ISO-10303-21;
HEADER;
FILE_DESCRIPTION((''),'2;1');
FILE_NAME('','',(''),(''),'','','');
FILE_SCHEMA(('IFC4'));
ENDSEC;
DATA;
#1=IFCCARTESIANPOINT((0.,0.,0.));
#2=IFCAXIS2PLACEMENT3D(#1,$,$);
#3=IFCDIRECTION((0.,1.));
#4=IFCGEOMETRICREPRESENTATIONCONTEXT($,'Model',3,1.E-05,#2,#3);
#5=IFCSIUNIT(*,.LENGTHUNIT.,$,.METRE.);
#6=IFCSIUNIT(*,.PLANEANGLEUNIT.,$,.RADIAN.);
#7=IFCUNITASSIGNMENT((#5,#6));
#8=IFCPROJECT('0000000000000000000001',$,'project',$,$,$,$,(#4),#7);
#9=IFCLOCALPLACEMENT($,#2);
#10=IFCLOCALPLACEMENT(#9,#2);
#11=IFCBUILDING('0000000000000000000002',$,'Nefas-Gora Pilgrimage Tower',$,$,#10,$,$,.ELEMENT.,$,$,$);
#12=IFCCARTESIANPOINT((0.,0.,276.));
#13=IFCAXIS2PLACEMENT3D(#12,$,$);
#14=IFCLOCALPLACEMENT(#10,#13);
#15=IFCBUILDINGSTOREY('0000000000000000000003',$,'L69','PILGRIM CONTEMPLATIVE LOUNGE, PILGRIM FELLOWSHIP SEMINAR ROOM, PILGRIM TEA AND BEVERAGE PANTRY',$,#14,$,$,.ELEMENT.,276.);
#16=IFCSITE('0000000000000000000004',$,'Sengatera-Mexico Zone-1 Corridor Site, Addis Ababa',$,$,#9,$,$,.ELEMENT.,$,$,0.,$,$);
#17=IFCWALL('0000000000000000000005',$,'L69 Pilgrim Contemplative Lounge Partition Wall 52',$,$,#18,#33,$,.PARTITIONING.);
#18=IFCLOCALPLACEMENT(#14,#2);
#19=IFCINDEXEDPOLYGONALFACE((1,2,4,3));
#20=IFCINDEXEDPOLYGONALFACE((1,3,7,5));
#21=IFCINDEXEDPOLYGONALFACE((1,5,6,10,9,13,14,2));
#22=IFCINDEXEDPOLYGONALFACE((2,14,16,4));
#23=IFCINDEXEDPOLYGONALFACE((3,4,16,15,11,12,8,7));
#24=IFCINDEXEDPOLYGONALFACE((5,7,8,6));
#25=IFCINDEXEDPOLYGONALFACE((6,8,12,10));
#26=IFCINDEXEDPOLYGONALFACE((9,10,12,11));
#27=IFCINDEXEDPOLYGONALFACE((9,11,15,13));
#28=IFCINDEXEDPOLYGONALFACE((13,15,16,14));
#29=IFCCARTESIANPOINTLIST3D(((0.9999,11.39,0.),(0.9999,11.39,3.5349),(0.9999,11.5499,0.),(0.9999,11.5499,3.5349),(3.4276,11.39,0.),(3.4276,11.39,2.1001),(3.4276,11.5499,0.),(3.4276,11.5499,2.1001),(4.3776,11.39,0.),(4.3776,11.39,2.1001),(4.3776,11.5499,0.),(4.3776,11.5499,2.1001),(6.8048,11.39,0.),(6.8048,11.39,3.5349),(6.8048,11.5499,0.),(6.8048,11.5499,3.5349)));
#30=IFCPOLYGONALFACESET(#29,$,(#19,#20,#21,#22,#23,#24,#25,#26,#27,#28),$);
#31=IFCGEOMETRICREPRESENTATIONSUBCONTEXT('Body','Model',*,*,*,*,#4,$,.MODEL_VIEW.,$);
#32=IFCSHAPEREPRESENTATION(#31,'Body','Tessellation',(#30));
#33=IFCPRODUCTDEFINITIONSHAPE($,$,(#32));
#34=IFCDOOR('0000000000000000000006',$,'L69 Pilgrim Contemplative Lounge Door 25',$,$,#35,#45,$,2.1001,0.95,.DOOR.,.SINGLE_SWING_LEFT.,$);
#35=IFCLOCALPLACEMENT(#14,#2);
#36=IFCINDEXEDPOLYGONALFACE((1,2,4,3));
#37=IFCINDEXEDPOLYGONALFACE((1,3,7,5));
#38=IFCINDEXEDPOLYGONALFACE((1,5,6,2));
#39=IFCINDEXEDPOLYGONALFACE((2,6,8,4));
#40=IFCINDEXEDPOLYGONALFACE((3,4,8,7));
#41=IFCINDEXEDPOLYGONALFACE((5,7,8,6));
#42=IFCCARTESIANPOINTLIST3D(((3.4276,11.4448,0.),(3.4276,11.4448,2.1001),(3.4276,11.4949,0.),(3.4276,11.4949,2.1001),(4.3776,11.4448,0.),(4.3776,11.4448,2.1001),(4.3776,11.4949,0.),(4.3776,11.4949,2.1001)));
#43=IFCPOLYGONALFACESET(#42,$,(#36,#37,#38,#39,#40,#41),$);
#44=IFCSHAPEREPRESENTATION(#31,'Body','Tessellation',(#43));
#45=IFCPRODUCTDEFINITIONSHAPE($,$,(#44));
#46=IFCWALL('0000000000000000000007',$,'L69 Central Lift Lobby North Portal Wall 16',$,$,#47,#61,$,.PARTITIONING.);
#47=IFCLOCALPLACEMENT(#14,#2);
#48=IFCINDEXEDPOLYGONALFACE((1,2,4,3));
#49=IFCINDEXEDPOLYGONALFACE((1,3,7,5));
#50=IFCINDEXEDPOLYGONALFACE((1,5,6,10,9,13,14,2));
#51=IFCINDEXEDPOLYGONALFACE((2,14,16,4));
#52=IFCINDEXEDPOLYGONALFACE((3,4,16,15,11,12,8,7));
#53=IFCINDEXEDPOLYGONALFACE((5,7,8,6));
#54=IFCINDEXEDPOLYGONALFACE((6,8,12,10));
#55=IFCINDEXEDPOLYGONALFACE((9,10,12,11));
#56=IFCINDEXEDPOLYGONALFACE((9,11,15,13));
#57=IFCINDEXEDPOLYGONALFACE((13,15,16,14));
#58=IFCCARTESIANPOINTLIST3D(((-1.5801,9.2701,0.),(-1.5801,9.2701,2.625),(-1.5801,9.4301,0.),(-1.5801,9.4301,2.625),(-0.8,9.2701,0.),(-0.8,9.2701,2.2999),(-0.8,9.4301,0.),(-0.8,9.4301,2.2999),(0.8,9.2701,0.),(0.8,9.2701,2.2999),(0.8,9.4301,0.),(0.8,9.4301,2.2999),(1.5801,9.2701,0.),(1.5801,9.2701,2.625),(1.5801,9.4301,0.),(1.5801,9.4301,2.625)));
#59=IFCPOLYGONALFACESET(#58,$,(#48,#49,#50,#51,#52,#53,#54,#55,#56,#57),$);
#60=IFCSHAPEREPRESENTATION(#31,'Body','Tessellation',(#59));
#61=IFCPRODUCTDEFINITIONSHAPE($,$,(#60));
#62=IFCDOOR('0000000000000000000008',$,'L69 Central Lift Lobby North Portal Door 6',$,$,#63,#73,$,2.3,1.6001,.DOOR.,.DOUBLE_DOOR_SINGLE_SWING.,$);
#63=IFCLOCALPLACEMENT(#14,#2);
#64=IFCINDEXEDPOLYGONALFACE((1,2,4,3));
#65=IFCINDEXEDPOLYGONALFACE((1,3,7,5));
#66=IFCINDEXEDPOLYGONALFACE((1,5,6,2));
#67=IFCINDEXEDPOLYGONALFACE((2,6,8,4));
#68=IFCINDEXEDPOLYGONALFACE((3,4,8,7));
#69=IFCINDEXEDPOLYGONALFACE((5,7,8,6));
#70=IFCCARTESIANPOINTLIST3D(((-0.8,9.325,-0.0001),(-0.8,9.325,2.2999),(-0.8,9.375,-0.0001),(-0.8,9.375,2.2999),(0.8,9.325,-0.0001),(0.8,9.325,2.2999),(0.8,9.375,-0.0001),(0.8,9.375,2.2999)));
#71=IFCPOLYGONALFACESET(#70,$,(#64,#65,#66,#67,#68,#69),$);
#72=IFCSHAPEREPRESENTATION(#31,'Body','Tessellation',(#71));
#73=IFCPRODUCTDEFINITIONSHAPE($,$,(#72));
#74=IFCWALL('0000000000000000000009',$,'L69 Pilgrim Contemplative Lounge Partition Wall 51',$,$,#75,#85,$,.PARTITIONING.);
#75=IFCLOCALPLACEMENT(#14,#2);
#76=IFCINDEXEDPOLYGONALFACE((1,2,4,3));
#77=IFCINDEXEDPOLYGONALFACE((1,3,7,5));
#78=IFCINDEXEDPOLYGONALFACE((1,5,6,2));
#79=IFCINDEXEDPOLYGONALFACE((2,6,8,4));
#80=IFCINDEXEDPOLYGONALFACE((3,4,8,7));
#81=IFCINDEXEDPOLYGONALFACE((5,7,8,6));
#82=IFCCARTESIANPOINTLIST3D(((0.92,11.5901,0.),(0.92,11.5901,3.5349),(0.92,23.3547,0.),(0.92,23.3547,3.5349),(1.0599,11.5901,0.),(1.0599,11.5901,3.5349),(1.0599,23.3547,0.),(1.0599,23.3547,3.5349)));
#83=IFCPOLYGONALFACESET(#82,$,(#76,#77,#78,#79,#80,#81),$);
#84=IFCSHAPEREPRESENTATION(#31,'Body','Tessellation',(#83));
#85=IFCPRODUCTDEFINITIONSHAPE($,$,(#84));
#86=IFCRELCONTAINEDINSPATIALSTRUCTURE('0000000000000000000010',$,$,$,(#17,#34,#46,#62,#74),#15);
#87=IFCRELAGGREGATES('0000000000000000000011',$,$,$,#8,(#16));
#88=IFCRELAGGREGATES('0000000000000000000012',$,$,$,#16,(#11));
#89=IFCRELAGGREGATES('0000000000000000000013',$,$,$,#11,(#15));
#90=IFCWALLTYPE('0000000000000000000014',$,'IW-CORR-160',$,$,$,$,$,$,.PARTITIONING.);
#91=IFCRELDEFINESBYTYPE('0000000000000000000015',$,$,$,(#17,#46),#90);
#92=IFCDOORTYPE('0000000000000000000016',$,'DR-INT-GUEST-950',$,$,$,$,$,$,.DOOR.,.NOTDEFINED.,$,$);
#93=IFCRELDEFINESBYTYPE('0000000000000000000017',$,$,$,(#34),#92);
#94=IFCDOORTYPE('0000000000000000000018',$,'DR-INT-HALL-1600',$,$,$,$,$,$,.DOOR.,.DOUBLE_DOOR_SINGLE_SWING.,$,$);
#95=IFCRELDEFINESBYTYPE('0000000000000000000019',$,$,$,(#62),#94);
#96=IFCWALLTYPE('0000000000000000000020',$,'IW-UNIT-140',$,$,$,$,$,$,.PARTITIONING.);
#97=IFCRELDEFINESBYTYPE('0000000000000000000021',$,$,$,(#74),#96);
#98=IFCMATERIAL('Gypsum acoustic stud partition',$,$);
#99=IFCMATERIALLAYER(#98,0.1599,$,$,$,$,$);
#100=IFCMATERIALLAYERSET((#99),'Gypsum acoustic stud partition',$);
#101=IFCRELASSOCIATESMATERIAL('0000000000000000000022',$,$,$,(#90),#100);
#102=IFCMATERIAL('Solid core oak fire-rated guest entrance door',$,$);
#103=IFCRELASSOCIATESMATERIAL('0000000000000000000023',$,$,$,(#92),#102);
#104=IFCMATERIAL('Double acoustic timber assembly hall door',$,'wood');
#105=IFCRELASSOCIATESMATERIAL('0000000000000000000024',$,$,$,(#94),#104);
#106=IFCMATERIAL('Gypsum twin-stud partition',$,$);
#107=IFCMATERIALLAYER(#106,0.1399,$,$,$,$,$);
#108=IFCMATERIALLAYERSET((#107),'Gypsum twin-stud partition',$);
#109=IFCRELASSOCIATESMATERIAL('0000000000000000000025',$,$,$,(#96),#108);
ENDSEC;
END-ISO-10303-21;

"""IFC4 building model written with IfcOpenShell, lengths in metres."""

from ifc_helpers import new_model, si_unit, direction, frame, frame_2d, origin, place, context, subcontext, project, spatial, rectangle, extrude, source, transform, mapped, material, layer, layer_set, type_object, element, fill, save


model = new_model("IFC4")

# Units and contexts
model_context = context("Model", 3, precision=1e-05, world=origin(), true_north=direction((0.0, 1.0)))
body_context = subcontext(model_context, "Body", "Model", "MODEL_VIEW")
ifc_project = project(units=[si_unit("LENGTHUNIT", "METRE"), si_unit("PLANEANGLEUNIT", "RADIAN")], contexts=[model_context])

# Site, building, storey
site_placement = place(None, origin())
site = spatial("IfcSite", under=ifc_project, at=site_placement, Name="Sengatera-Mexico Zone-1 Corridor Site, Addis Ababa", CompositionType="ELEMENT", RefElevation=0.0)
building_placement = place(site_placement, origin())
building = spatial("IfcBuilding", under=site, at=building_placement, Name="Nefas-Gora Pilgrimage Tower", CompositionType="ELEMENT")
storey_placement = place(building_placement, frame((0.0, 0.0, 276.0)))
storey = spatial("IfcBuildingStorey", under=building, at=storey_placement, Name="L69", Description="PILGRIM CONTEMPLATIVE LOUNGE, PILGRIM FELLOWSHIP SEMINAR ROOM, PILGRIM TEA AND BEVERAGE PANTRY", CompositionType="ELEMENT", Elevation=276.0)

# Walls, openings, doors
ifc_material_1 = material(Name="Gypsum acoustic stud partition")
ifc_layer_1 = layer(ifc_material_1, 0.1599)
ifc_layer_set_1 = layer_set([ifc_layer_1], Name="Gypsum acoustic stud partition")
wall_type_1 = type_object("IfcWallType", Name="IW-CORR-160", PredefinedType="PARTITIONING", material=ifc_layer_set_1)
shared_shape_1 = source(origin(), body_context, "Body", "SweptSolid", [
    extrude(rectangle(XDim=5.8049, YDim=0.1599, at=frame_2d((2.9023, 0.0))), origin(), (0.0, 0.0, 1.0), 3.5349),
])
wall_1_placement = place(storey_placement, frame((1.0, 11.47, 0.0), z_axis=(0.0, 0.0, 1.0), x_axis=(1.0, 0.0, 0.0)))
wall_1 = element("IfcWall", 1, at=wall_1_placement, inside=storey, type_object=wall_type_1, Name="L69 Pilgrim Contemplative Lounge Partition Wall 52", PredefinedType="PARTITIONING", context=body_context, shape_type="MappedRepresentation", body=[
    mapped(shared_shape_1, transform((0.0, 0.0, 0.0), x_axis=(1.0, 0.0, 0.0), y_axis=(0.0, 1.0, 0.0), z_axis=(0.0, 0.0, 1.0), scale=1.0)),
])
opening_1_placement = place(wall_1_placement, frame((2.4275, 0.0, 0.0)))
opening_1 = element("IfcOpeningElement", 2, at=opening_1_placement, cuts=wall_1, PredefinedType="OPENING", context=body_context, shape_type="SweptSolid", body=[
    extrude(rectangle(XDim=0.95, YDim=2.1001, at=frame_2d((0.4751, 1.05))), frame((0.0, 0.0898, 0.0), z_axis=(0.0, -1.0, 0.0), x_axis=(1.0, 0.0, 0.0)), (0.0, 0.0, 1.0), 0.1799),
])
ifc_material_2 = material(Name="Solid core oak fire-rated guest entrance door")
door_type_1 = type_object("IfcDoorType", Name="DR-INT-GUEST-950", OperationType="NOTDEFINED", PredefinedType="DOOR", material=ifc_material_2)
shared_shape_2 = source(origin(), body_context, "Body", "SweptSolid", [
    extrude(rectangle(XDim=0.95, YDim=2.1001, at=frame_2d((0.4751, 1.05))), frame((0.0, 0.0249, 0.0), z_axis=(0.0, -1.0, 0.0), x_axis=(1.0, 0.0, 0.0)), (0.0, 0.0, 1.0), 0.05),
])
door_1_placement = place(opening_1_placement, origin())
door_1 = element("IfcDoor", 3, at=door_1_placement, inside=storey, type_object=door_type_1, Name="L69 Pilgrim Contemplative Lounge Door 25", OperationType="SINGLE_SWING_LEFT", OverallHeight=2.1001, OverallWidth=0.95, PredefinedType="DOOR", context=body_context, shape_type="MappedRepresentation", body=[
    mapped(shared_shape_2, transform((0.0, 0.0, 0.0), x_axis=(1.0, 0.0, 0.0), y_axis=(0.0, 1.0, 0.0), z_axis=(0.0, 0.0, 1.0), scale=1.0)),
])
fill(opening_1, door_1)
shared_shape_3 = source(origin(), body_context, "Body", "SweptSolid", [
    extrude(rectangle(XDim=3.1602, YDim=0.1599, at=frame_2d((1.5801, 0.0))), origin(), (0.0, 0.0, 1.0), 2.625),
])
wall_2_placement = place(storey_placement, frame((-1.5801, 9.3501, 0.0), z_axis=(0.0, 0.0, 1.0), x_axis=(1.0, 0.0, 0.0)))
wall_2 = element("IfcWall", 4, at=wall_2_placement, inside=storey, type_object=wall_type_1, Name="L69 Central Lift Lobby North Portal Wall 16", PredefinedType="PARTITIONING", context=body_context, shape_type="MappedRepresentation", body=[
    mapped(shared_shape_3, transform((0.0, 0.0, 0.0), x_axis=(1.0, 0.0, 0.0), y_axis=(0.0, 1.0, 0.0), z_axis=(0.0, 0.0, 1.0), scale=1.0)),
])
opening_2_placement = place(wall_2_placement, frame((0.78, 0.0, 0.0)))
opening_2 = element("IfcOpeningElement", 5, at=opening_2_placement, cuts=wall_2, PredefinedType="OPENING", context=body_context, shape_type="SweptSolid", body=[
    extrude(rectangle(XDim=1.6001, YDim=2.3, at=frame_2d((0.8, 1.1499))), frame((0.0, 0.0898, 0.0), z_axis=(0.0, -1.0, 0.0), x_axis=(1.0, 0.0, 0.0)), (0.0, 0.0, 1.0), 0.1799),
])
ifc_material_3 = material(Name="Double acoustic timber assembly hall door", Category="wood")
door_type_2 = type_object("IfcDoorType", Name="DR-INT-HALL-1600", OperationType="DOUBLE_DOOR_SINGLE_SWING", PredefinedType="DOOR", material=ifc_material_3)
shared_shape_4 = source(origin(), body_context, "Body", "SweptSolid", [
    extrude(rectangle(XDim=1.6001, YDim=2.3, at=frame_2d((0.8, 1.1499))), frame((0.0, 0.0249, 0.0), z_axis=(0.0, -1.0, 0.0), x_axis=(1.0, 0.0, 0.0)), (0.0, 0.0, 1.0), 0.05),
])
door_2_placement = place(opening_2_placement, origin())
door_2 = element("IfcDoor", 6, at=door_2_placement, inside=storey, type_object=door_type_2, Name="L69 Central Lift Lobby North Portal Door 6", OperationType="DOUBLE_DOOR_SINGLE_SWING", OverallHeight=2.3, OverallWidth=1.6001, PredefinedType="DOOR", context=body_context, shape_type="MappedRepresentation", body=[
    mapped(shared_shape_4, transform((0.0, 0.0, 0.0), x_axis=(1.0, 0.0, 0.0), y_axis=(0.0, 1.0, 0.0), z_axis=(0.0, 0.0, 1.0), scale=1.0)),
])
fill(opening_2, door_2)

# Wall
ifc_material_4 = material(Name="Gypsum twin-stud partition")
ifc_layer_2 = layer(ifc_material_4, 0.1399)
ifc_layer_set_2 = layer_set([ifc_layer_2], Name="Gypsum twin-stud partition")
wall_type_2 = type_object("IfcWallType", Name="IW-UNIT-140", PredefinedType="PARTITIONING", material=ifc_layer_set_2)
shared_shape_5 = source(origin(), body_context, "Body", "SweptSolid", [
    extrude(rectangle(XDim=11.7646, YDim=0.1399, at=frame_2d((5.8823, 0.0))), origin(), (0.0, 0.0, 1.0), 3.5349),
])
wall_3_placement = place(storey_placement, frame((0.99, 11.5901, 0.0), z_axis=(0.0, 0.0, 1.0), x_axis=(0.0, 1.0, 0.0)))
element("IfcWall", 7, at=wall_3_placement, inside=storey, type_object=wall_type_2, Name="L69 Pilgrim Contemplative Lounge Partition Wall 51", PredefinedType="PARTITIONING", context=body_context, shape_type="MappedRepresentation", body=[
    mapped(shared_shape_5, transform((0.0, 0.0, 0.0), x_axis=(1.0, 0.0, 0.0), y_axis=(0.0, 1.0, 0.0), z_axis=(0.0, 0.0, 1.0), scale=1.0)),
])

save(model, "model.ifc")
